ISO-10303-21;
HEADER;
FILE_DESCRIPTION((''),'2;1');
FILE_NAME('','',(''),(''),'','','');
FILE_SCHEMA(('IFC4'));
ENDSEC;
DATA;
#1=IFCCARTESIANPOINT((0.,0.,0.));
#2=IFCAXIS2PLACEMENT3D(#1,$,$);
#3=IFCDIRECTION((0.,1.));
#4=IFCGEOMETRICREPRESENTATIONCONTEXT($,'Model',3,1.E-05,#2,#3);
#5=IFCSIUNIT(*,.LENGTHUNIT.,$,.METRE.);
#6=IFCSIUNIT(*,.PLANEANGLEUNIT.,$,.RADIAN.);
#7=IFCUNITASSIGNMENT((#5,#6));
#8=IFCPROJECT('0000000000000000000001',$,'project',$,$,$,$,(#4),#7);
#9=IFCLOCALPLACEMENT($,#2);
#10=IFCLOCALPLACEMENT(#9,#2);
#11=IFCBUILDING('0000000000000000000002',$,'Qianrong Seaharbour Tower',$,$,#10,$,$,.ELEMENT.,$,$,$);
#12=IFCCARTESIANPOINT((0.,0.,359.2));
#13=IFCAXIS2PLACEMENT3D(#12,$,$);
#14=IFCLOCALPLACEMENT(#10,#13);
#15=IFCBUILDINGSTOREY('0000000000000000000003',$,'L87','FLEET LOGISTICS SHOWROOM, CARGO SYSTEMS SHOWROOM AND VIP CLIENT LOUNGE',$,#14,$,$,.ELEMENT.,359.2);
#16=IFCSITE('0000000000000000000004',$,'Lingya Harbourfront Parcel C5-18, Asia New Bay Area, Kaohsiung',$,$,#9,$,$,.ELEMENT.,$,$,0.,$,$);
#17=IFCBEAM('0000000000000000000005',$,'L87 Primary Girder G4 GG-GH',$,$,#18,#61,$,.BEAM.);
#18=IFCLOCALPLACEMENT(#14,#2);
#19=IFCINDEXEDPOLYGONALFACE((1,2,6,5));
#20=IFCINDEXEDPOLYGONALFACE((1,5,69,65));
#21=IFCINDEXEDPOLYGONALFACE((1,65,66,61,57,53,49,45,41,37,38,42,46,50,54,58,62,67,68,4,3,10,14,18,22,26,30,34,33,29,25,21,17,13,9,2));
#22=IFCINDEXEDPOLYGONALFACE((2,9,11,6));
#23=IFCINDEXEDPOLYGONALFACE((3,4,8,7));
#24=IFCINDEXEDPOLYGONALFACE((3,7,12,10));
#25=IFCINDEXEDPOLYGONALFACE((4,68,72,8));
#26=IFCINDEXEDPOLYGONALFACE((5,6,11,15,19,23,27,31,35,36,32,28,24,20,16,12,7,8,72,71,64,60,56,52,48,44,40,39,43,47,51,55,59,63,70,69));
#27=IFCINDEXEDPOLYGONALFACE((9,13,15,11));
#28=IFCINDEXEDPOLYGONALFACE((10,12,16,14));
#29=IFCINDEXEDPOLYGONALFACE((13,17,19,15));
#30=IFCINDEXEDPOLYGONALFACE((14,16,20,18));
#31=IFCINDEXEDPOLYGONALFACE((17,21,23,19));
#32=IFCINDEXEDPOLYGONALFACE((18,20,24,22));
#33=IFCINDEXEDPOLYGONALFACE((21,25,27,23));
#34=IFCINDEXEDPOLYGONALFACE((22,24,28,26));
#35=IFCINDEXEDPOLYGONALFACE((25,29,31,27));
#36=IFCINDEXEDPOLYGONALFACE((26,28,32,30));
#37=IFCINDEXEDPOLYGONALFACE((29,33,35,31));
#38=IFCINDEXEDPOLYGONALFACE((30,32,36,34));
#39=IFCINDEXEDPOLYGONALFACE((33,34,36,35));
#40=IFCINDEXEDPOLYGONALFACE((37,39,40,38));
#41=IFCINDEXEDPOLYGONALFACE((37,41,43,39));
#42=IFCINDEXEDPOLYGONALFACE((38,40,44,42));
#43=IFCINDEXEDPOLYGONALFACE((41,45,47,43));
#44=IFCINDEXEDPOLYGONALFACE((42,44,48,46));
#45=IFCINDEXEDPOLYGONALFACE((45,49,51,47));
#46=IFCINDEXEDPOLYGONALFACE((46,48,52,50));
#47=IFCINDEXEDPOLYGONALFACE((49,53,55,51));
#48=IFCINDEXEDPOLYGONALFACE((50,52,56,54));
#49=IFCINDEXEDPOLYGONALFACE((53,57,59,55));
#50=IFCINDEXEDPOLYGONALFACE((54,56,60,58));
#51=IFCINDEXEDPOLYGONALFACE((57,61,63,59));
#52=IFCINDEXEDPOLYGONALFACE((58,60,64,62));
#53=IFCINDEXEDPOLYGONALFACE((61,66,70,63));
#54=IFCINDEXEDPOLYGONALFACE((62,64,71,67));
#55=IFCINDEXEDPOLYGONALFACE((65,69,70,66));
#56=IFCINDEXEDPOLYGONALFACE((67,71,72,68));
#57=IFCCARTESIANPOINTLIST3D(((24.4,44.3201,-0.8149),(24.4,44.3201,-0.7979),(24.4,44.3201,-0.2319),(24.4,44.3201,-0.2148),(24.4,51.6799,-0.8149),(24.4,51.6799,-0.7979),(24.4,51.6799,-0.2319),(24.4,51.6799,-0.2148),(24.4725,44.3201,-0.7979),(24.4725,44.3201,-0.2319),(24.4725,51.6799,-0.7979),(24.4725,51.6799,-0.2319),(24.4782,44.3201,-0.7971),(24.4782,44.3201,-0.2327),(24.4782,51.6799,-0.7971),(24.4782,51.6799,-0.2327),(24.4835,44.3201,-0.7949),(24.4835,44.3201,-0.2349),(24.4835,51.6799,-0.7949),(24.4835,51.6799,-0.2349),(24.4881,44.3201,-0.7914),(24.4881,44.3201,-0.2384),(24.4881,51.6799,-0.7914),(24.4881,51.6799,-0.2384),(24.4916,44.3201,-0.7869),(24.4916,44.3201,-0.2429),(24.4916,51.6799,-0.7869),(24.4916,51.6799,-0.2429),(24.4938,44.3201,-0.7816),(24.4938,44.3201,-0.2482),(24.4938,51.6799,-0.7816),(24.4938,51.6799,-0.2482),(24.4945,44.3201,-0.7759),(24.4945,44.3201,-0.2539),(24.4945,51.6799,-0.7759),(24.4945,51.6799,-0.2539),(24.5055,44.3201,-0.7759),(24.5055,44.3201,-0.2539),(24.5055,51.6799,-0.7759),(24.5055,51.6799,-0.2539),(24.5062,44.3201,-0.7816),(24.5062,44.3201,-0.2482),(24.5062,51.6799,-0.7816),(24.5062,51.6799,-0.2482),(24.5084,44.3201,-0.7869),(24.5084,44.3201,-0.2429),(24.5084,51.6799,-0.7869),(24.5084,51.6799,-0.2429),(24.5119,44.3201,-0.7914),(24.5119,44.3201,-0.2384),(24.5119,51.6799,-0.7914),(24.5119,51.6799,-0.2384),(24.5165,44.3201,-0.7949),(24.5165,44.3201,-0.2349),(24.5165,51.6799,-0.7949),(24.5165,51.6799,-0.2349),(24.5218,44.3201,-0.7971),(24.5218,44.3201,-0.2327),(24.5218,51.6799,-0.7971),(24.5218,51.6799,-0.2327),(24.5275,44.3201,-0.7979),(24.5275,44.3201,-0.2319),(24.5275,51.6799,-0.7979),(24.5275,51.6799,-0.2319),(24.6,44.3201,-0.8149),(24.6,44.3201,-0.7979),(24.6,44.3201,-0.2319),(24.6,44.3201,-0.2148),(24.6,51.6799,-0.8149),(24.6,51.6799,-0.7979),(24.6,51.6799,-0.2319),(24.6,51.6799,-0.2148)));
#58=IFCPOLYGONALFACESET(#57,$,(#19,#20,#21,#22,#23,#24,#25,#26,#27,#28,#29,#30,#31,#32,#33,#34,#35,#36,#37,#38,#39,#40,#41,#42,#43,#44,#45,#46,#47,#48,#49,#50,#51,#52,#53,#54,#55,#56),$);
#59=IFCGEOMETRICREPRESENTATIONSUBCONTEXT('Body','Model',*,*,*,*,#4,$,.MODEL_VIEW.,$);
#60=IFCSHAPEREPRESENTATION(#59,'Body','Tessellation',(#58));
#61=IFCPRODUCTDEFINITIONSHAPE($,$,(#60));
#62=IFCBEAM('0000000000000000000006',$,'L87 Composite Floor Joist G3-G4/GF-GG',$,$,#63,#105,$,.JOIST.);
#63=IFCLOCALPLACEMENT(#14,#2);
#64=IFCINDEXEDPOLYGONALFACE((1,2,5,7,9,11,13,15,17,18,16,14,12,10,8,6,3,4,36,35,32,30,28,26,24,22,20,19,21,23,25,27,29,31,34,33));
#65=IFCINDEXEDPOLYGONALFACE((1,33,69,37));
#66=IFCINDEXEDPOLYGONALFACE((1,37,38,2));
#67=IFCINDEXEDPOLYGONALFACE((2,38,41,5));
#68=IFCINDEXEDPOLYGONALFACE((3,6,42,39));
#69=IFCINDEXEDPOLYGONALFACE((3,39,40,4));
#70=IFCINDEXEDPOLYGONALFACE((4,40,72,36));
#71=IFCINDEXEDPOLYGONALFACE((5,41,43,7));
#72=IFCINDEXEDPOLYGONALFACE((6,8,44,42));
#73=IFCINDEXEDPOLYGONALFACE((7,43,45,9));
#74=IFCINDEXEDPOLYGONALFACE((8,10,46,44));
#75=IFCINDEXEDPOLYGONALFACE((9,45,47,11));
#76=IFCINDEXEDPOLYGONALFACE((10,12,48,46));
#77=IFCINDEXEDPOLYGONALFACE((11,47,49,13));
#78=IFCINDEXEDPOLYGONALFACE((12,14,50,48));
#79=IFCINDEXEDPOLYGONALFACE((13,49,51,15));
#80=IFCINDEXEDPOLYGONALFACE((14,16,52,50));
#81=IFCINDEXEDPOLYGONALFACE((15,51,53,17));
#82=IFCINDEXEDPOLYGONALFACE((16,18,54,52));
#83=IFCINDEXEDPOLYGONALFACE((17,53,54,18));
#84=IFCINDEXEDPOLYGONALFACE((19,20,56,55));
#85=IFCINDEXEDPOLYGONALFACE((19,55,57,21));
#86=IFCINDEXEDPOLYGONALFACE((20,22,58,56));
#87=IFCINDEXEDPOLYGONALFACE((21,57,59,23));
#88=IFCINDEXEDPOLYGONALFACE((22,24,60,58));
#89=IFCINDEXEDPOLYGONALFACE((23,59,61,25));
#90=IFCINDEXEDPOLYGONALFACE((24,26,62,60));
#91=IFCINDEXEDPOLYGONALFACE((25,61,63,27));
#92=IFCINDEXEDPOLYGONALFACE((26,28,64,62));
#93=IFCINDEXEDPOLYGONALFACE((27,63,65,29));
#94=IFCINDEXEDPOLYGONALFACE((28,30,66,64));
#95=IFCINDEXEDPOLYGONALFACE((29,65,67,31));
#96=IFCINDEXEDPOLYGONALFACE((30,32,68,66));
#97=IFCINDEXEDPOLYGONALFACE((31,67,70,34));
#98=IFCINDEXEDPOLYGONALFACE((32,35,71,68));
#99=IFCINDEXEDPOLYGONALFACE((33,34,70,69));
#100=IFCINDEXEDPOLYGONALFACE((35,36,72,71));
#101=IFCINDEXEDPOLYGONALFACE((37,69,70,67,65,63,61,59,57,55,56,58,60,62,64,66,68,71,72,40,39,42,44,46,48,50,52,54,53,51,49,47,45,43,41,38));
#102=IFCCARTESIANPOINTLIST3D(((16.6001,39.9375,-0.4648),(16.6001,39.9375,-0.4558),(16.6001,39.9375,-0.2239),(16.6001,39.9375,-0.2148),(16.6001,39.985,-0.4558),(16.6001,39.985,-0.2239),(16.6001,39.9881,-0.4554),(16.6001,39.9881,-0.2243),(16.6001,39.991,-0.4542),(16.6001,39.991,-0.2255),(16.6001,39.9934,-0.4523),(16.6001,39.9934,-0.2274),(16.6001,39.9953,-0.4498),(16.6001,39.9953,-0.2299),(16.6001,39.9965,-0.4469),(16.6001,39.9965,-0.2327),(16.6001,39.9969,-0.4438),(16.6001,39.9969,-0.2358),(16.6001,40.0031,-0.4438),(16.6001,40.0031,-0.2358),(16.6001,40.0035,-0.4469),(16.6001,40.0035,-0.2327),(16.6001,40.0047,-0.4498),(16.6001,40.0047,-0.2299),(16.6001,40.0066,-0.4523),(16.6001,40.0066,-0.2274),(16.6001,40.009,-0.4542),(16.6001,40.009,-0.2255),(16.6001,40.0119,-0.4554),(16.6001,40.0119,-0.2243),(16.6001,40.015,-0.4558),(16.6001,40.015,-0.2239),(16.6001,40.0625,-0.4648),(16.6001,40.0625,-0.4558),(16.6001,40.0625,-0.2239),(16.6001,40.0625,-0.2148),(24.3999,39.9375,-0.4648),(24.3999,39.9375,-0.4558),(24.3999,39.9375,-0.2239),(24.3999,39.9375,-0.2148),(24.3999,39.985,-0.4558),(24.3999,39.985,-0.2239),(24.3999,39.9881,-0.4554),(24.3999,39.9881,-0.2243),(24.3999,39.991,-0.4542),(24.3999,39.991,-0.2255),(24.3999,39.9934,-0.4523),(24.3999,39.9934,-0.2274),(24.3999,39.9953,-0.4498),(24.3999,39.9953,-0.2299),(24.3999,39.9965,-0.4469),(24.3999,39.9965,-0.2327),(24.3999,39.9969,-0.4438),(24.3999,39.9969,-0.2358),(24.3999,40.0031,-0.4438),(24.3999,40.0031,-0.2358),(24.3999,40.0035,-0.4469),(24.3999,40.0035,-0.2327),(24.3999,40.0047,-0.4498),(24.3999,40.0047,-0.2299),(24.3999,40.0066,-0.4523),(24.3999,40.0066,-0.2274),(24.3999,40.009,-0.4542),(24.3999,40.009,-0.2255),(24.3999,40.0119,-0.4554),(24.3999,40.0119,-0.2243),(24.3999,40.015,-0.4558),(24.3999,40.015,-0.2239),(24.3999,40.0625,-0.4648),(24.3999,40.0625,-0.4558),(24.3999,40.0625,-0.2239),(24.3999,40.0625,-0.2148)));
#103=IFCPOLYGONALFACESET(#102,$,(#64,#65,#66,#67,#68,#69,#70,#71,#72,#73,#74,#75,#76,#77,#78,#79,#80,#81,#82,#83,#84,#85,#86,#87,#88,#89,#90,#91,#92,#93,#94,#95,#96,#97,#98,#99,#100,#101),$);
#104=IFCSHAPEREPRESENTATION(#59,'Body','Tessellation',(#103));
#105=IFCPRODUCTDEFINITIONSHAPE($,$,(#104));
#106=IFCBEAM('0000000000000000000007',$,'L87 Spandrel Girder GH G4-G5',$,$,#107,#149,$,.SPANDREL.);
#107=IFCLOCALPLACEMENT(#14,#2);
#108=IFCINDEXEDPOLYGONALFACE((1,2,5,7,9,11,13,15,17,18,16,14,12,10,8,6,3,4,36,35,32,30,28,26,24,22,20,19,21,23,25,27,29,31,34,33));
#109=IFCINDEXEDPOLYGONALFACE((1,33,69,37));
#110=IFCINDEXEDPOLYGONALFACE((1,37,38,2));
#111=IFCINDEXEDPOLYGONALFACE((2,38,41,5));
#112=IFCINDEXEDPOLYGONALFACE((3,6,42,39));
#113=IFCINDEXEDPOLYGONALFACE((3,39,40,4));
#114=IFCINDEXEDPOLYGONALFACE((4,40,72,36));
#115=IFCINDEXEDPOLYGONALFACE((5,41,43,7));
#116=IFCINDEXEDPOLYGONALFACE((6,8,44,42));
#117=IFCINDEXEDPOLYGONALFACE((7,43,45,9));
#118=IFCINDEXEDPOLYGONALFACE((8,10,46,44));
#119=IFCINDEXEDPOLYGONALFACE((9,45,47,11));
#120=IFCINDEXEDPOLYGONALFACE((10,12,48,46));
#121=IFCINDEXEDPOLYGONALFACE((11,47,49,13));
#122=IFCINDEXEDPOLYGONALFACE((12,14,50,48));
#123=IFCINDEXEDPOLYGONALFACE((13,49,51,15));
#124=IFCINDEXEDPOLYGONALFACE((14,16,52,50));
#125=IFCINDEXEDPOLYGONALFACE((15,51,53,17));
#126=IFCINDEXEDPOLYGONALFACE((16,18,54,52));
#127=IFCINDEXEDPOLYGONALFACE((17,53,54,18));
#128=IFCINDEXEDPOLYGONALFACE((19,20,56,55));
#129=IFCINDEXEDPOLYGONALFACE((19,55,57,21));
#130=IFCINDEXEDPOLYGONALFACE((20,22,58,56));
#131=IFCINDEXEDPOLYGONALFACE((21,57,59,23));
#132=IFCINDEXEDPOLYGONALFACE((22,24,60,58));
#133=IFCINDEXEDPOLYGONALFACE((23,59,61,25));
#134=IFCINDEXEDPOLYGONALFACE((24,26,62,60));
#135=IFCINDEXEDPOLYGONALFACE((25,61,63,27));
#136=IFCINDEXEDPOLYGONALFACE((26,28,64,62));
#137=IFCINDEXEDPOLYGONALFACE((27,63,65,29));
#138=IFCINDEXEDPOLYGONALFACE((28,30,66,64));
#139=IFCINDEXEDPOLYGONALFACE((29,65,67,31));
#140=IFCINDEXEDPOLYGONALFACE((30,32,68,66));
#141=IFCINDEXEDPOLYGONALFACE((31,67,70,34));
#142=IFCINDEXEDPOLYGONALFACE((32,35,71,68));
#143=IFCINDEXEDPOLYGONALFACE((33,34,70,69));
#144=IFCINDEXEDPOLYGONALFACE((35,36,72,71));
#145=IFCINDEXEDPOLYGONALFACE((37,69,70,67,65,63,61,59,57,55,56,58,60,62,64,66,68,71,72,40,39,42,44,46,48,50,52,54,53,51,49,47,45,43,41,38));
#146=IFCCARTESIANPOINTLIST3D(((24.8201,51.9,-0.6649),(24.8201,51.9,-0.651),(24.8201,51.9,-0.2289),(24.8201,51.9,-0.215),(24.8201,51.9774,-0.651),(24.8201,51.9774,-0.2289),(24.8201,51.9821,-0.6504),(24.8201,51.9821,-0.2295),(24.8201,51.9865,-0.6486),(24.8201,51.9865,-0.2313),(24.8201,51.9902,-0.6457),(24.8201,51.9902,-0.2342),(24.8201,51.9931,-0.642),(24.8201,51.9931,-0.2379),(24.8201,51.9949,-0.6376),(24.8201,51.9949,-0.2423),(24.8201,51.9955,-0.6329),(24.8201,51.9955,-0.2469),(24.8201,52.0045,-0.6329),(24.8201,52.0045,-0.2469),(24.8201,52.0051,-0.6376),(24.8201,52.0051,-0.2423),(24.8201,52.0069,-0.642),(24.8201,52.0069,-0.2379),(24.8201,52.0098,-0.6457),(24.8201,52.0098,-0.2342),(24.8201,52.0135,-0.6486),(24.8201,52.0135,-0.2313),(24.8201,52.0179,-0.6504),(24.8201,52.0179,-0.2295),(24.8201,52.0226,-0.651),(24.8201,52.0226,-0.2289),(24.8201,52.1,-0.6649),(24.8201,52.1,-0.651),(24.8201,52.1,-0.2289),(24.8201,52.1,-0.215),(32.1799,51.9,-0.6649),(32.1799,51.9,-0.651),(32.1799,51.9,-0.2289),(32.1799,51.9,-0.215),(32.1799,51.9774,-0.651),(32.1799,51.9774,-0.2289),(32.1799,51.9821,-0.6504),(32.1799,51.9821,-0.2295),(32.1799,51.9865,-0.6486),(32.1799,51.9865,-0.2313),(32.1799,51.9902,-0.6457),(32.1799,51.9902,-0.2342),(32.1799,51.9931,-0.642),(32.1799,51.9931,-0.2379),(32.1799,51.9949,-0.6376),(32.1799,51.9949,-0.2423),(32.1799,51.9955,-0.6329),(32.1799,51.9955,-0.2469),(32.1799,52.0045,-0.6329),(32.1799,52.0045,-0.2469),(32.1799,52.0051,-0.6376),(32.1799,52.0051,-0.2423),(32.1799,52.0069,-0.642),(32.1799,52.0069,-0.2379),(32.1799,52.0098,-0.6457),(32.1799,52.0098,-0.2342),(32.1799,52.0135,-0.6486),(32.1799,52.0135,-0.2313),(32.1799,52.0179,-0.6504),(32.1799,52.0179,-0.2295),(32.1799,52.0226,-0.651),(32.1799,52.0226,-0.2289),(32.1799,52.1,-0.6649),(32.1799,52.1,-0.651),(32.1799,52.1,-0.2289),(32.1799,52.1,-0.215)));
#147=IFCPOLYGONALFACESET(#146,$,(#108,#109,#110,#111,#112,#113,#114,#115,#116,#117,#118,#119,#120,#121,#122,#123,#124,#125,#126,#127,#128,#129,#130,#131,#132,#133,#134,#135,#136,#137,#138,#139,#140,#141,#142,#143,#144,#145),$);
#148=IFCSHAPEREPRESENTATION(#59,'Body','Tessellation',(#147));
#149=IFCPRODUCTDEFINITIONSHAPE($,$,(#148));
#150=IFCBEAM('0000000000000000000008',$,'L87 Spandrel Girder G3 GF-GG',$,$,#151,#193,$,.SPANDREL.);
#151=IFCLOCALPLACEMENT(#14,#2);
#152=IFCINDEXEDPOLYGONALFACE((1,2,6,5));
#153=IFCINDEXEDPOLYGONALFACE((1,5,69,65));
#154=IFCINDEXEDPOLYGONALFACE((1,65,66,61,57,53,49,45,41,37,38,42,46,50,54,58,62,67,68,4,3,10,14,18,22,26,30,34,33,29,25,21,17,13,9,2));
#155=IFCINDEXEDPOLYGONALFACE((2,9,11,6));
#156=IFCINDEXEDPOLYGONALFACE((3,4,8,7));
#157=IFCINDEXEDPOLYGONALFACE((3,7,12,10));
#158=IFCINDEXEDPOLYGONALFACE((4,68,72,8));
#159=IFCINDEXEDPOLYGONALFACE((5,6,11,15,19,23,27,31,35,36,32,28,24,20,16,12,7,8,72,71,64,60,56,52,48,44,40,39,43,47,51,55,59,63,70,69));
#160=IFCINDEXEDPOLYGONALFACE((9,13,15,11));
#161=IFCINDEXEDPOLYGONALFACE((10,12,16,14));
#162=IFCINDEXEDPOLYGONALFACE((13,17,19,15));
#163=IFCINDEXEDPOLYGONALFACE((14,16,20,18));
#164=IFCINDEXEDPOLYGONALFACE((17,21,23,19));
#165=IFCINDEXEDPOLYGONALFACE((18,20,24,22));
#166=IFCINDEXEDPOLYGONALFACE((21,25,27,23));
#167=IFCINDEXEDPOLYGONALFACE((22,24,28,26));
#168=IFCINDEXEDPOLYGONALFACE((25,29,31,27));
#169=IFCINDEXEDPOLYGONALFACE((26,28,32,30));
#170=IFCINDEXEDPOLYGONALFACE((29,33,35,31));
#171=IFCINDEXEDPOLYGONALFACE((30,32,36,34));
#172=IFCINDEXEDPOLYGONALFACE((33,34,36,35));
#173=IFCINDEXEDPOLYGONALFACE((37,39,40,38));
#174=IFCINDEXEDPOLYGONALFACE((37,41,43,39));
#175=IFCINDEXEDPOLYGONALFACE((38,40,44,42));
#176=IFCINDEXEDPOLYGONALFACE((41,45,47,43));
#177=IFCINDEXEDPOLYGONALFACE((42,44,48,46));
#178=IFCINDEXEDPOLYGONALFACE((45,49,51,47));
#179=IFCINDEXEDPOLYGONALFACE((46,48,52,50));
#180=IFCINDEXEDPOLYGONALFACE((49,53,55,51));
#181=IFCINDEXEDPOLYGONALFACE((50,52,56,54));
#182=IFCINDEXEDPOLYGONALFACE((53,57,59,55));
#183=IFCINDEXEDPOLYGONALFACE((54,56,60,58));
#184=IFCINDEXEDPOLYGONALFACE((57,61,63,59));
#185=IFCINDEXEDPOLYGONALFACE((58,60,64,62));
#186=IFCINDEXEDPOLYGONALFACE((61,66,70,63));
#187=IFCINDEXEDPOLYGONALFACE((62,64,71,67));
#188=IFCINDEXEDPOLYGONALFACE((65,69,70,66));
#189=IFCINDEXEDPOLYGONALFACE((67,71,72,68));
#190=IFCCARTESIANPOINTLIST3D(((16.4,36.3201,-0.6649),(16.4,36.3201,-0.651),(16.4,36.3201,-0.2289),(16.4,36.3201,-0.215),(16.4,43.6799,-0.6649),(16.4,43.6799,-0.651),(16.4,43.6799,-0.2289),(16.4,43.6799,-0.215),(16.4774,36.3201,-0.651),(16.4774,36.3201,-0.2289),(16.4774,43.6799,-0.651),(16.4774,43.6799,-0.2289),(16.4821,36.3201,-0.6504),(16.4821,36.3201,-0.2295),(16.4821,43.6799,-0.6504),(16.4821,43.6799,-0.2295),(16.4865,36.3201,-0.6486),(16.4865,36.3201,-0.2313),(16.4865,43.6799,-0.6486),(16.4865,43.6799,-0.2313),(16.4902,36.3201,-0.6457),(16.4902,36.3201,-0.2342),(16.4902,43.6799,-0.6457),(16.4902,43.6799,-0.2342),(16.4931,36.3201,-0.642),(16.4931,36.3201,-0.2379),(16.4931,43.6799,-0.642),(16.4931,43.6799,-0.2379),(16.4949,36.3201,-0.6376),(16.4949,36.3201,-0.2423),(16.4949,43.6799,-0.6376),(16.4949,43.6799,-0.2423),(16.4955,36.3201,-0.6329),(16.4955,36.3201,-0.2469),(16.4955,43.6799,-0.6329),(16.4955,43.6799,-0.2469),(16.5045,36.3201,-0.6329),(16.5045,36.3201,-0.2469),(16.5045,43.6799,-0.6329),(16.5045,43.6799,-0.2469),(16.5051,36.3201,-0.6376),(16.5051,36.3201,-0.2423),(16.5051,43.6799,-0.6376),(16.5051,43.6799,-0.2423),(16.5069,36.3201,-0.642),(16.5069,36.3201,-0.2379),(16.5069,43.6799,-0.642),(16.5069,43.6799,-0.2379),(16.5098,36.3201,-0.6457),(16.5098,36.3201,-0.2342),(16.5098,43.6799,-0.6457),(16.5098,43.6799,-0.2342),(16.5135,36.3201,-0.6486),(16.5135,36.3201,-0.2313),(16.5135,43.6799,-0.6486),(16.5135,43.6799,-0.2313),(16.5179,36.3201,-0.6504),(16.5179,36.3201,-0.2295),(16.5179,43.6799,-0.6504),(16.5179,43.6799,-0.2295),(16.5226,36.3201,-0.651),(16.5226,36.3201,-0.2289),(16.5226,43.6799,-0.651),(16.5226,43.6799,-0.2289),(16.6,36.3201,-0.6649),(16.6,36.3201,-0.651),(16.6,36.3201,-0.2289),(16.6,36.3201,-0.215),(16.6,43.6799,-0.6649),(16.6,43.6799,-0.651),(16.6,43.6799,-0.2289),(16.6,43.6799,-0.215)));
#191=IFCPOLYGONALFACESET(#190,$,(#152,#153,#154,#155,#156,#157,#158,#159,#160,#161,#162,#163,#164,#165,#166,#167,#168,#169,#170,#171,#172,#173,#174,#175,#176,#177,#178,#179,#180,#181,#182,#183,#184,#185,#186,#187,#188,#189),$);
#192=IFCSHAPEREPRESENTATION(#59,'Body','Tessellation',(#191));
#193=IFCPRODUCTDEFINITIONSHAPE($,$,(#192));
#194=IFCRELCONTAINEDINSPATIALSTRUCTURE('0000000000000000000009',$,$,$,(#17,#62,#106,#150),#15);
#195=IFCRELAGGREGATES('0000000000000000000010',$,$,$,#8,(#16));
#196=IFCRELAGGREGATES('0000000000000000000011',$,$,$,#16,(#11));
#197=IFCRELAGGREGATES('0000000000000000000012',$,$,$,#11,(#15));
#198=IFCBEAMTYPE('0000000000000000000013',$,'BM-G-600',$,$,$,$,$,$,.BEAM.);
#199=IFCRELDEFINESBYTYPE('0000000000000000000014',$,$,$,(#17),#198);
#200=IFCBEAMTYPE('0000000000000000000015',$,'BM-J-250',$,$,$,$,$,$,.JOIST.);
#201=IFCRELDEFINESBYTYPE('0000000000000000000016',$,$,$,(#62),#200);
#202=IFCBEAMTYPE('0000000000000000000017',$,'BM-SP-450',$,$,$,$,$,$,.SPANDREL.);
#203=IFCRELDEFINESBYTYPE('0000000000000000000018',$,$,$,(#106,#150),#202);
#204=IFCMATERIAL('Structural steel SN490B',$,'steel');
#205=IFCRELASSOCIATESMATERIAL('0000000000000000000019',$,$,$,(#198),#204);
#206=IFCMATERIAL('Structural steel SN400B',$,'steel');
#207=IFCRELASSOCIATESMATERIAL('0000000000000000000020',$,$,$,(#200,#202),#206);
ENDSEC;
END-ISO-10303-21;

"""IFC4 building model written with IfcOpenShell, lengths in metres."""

from ifc_helpers import new_model, si_unit, direction, frame, origin, origin_2d, place, context, subcontext, project, spatial, i_section, extrude, material, material_profile, profile_set, type_object, element, save


model = new_model("IFC4")

# Units and contexts
model_context = context("Model", 3, precision=1e-05, world=origin(), true_north=direction((0.0, 1.0)))
body_context = subcontext(model_context, "Body", "Model", "MODEL_VIEW")
ifc_project = project(units=[si_unit("LENGTHUNIT", "METRE"), si_unit("PLANEANGLEUNIT", "RADIAN")], contexts=[model_context])

# Site, building, storey
site_placement = place(None, origin())
site = spatial("IfcSite", under=ifc_project, at=site_placement, Name="Lingya Harbourfront Parcel C5-18, Asia New Bay Area, Kaohsiung", CompositionType="ELEMENT", RefElevation=0.0)
building_placement = place(site_placement, origin())
building = spatial("IfcBuilding", under=site, at=building_placement, Name="Qianrong Seaharbour Tower", CompositionType="ELEMENT")
storey_placement = place(building_placement, frame((0.0, 0.0, 359.2)))
storey = spatial("IfcBuildingStorey", under=building, at=storey_placement, Name="L87", Description="FLEET LOGISTICS SHOWROOM, CARGO SYSTEMS SHOWROOM AND VIP CLIENT LOUNGE", CompositionType="ELEMENT", Elevation=359.2)

# Shared definitions
ifc_material_1 = material(Name="Structural steel SN400B", Category="steel")

# Beams
ifc_material_2 = material(Name="Structural steel SN490B", Category="steel")
ifc_material_profile_1 = material_profile(ifc_material_2, i_section(OverallWidth=0.2, OverallDepth=0.6001, WebThickness=0.011, FlangeThickness=0.0171, FilletRadius=0.022, at=origin_2d()), Name="H600x200x11x17")
ifc_profile_set_1 = profile_set([ifc_material_profile_1], Name="Structural steel SN490B")
beam_type_1 = type_object("IfcBeamType", Name="BM-G-600", PredefinedType="BEAM", material=ifc_profile_set_1)
for number, where, z_axis, x_axis, name in (
    (1, (24.5, 44.3201, -0.5149), (0.0, 1.0, 0.0), (-1.0, 0.0, 0.0), "L87 Primary Girder G4 GG-GH"),
):
    element("IfcBeam", number, at=place(storey_placement, frame(where, z_axis=z_axis, x_axis=x_axis)), inside=storey, type_object=beam_type_1, Name=name, PredefinedType="BEAM", context=body_context, shape_type="SweptSolid", body=[
        extrude(i_section(OverallWidth=0.2, OverallDepth=0.6001, WebThickness=0.011, FlangeThickness=0.0171, FilletRadius=0.022, at=origin_2d()), origin(), (0.0, 0.0, 1.0), 7.3599),
    ])
ifc_material_profile_2 = material_profile(ifc_material_1, i_section(OverallWidth=0.125, OverallDepth=0.25, WebThickness=0.0061, FlangeThickness=0.009, FilletRadius=0.012, at=origin_2d()), Name="H250x125x6x9")
ifc_profile_set_2 = profile_set([ifc_material_profile_2], Name="Structural steel SN400B")
beam_type_2 = type_object("IfcBeamType", Name="BM-J-250", PredefinedType="JOIST", material=ifc_profile_set_2)
beam_1_placement = place(storey_placement, frame((16.6001, 40.0, -0.3398), z_axis=(1.0, 0.0, 0.0), x_axis=(0.0, 1.0, 0.0)))
element("IfcBeam", 2, at=beam_1_placement, inside=storey, type_object=beam_type_2, Name="L87 Composite Floor Joist G3-G4/GF-GG", PredefinedType="JOIST", context=body_context, shape_type="SweptSolid", body=[
    extrude(i_section(OverallWidth=0.125, OverallDepth=0.25, WebThickness=0.0061, FlangeThickness=0.009, FilletRadius=0.012, at=origin_2d()), origin(), (0.0, 0.0, 1.0), 7.7998),
])
ifc_material_profile_3 = material_profile(ifc_material_1, i_section(OverallWidth=0.2, OverallDepth=0.45, WebThickness=0.009, FlangeThickness=0.0139, FilletRadius=0.0181, at=origin_2d()), Name="H450x200x9x14")
ifc_profile_set_3 = profile_set([ifc_material_profile_3], Name="Structural steel SN400B")
beam_type_3 = type_object("IfcBeamType", Name="BM-SP-450", PredefinedType="SPANDREL", material=ifc_profile_set_3)
for number, where, z_axis, x_axis, name in (
    (3, (24.8201, 52.0, -0.4399), (1.0, 0.0, 0.0), (0.0, 1.0, 0.0), "L87 Spandrel Girder GH G4-G5"),
    (4, (16.5, 36.3201, -0.4399), (0.0, 1.0, 0.0), (-1.0, 0.0, 0.0), "L87 Spandrel Girder G3 GF-GG"),
):
    element("IfcBeam", number, at=place(storey_placement, frame(where, z_axis=z_axis, x_axis=x_axis)), inside=storey, type_object=beam_type_3, Name=name, PredefinedType="SPANDREL", context=body_context, shape_type="SweptSolid", body=[
        extrude(i_section(OverallWidth=0.2, OverallDepth=0.45, WebThickness=0.009, FlangeThickness=0.0139, FilletRadius=0.0181, at=origin_2d()), origin(), (0.0, 0.0, 1.0), 7.3599),
    ])

save(model, "model.ifc")
